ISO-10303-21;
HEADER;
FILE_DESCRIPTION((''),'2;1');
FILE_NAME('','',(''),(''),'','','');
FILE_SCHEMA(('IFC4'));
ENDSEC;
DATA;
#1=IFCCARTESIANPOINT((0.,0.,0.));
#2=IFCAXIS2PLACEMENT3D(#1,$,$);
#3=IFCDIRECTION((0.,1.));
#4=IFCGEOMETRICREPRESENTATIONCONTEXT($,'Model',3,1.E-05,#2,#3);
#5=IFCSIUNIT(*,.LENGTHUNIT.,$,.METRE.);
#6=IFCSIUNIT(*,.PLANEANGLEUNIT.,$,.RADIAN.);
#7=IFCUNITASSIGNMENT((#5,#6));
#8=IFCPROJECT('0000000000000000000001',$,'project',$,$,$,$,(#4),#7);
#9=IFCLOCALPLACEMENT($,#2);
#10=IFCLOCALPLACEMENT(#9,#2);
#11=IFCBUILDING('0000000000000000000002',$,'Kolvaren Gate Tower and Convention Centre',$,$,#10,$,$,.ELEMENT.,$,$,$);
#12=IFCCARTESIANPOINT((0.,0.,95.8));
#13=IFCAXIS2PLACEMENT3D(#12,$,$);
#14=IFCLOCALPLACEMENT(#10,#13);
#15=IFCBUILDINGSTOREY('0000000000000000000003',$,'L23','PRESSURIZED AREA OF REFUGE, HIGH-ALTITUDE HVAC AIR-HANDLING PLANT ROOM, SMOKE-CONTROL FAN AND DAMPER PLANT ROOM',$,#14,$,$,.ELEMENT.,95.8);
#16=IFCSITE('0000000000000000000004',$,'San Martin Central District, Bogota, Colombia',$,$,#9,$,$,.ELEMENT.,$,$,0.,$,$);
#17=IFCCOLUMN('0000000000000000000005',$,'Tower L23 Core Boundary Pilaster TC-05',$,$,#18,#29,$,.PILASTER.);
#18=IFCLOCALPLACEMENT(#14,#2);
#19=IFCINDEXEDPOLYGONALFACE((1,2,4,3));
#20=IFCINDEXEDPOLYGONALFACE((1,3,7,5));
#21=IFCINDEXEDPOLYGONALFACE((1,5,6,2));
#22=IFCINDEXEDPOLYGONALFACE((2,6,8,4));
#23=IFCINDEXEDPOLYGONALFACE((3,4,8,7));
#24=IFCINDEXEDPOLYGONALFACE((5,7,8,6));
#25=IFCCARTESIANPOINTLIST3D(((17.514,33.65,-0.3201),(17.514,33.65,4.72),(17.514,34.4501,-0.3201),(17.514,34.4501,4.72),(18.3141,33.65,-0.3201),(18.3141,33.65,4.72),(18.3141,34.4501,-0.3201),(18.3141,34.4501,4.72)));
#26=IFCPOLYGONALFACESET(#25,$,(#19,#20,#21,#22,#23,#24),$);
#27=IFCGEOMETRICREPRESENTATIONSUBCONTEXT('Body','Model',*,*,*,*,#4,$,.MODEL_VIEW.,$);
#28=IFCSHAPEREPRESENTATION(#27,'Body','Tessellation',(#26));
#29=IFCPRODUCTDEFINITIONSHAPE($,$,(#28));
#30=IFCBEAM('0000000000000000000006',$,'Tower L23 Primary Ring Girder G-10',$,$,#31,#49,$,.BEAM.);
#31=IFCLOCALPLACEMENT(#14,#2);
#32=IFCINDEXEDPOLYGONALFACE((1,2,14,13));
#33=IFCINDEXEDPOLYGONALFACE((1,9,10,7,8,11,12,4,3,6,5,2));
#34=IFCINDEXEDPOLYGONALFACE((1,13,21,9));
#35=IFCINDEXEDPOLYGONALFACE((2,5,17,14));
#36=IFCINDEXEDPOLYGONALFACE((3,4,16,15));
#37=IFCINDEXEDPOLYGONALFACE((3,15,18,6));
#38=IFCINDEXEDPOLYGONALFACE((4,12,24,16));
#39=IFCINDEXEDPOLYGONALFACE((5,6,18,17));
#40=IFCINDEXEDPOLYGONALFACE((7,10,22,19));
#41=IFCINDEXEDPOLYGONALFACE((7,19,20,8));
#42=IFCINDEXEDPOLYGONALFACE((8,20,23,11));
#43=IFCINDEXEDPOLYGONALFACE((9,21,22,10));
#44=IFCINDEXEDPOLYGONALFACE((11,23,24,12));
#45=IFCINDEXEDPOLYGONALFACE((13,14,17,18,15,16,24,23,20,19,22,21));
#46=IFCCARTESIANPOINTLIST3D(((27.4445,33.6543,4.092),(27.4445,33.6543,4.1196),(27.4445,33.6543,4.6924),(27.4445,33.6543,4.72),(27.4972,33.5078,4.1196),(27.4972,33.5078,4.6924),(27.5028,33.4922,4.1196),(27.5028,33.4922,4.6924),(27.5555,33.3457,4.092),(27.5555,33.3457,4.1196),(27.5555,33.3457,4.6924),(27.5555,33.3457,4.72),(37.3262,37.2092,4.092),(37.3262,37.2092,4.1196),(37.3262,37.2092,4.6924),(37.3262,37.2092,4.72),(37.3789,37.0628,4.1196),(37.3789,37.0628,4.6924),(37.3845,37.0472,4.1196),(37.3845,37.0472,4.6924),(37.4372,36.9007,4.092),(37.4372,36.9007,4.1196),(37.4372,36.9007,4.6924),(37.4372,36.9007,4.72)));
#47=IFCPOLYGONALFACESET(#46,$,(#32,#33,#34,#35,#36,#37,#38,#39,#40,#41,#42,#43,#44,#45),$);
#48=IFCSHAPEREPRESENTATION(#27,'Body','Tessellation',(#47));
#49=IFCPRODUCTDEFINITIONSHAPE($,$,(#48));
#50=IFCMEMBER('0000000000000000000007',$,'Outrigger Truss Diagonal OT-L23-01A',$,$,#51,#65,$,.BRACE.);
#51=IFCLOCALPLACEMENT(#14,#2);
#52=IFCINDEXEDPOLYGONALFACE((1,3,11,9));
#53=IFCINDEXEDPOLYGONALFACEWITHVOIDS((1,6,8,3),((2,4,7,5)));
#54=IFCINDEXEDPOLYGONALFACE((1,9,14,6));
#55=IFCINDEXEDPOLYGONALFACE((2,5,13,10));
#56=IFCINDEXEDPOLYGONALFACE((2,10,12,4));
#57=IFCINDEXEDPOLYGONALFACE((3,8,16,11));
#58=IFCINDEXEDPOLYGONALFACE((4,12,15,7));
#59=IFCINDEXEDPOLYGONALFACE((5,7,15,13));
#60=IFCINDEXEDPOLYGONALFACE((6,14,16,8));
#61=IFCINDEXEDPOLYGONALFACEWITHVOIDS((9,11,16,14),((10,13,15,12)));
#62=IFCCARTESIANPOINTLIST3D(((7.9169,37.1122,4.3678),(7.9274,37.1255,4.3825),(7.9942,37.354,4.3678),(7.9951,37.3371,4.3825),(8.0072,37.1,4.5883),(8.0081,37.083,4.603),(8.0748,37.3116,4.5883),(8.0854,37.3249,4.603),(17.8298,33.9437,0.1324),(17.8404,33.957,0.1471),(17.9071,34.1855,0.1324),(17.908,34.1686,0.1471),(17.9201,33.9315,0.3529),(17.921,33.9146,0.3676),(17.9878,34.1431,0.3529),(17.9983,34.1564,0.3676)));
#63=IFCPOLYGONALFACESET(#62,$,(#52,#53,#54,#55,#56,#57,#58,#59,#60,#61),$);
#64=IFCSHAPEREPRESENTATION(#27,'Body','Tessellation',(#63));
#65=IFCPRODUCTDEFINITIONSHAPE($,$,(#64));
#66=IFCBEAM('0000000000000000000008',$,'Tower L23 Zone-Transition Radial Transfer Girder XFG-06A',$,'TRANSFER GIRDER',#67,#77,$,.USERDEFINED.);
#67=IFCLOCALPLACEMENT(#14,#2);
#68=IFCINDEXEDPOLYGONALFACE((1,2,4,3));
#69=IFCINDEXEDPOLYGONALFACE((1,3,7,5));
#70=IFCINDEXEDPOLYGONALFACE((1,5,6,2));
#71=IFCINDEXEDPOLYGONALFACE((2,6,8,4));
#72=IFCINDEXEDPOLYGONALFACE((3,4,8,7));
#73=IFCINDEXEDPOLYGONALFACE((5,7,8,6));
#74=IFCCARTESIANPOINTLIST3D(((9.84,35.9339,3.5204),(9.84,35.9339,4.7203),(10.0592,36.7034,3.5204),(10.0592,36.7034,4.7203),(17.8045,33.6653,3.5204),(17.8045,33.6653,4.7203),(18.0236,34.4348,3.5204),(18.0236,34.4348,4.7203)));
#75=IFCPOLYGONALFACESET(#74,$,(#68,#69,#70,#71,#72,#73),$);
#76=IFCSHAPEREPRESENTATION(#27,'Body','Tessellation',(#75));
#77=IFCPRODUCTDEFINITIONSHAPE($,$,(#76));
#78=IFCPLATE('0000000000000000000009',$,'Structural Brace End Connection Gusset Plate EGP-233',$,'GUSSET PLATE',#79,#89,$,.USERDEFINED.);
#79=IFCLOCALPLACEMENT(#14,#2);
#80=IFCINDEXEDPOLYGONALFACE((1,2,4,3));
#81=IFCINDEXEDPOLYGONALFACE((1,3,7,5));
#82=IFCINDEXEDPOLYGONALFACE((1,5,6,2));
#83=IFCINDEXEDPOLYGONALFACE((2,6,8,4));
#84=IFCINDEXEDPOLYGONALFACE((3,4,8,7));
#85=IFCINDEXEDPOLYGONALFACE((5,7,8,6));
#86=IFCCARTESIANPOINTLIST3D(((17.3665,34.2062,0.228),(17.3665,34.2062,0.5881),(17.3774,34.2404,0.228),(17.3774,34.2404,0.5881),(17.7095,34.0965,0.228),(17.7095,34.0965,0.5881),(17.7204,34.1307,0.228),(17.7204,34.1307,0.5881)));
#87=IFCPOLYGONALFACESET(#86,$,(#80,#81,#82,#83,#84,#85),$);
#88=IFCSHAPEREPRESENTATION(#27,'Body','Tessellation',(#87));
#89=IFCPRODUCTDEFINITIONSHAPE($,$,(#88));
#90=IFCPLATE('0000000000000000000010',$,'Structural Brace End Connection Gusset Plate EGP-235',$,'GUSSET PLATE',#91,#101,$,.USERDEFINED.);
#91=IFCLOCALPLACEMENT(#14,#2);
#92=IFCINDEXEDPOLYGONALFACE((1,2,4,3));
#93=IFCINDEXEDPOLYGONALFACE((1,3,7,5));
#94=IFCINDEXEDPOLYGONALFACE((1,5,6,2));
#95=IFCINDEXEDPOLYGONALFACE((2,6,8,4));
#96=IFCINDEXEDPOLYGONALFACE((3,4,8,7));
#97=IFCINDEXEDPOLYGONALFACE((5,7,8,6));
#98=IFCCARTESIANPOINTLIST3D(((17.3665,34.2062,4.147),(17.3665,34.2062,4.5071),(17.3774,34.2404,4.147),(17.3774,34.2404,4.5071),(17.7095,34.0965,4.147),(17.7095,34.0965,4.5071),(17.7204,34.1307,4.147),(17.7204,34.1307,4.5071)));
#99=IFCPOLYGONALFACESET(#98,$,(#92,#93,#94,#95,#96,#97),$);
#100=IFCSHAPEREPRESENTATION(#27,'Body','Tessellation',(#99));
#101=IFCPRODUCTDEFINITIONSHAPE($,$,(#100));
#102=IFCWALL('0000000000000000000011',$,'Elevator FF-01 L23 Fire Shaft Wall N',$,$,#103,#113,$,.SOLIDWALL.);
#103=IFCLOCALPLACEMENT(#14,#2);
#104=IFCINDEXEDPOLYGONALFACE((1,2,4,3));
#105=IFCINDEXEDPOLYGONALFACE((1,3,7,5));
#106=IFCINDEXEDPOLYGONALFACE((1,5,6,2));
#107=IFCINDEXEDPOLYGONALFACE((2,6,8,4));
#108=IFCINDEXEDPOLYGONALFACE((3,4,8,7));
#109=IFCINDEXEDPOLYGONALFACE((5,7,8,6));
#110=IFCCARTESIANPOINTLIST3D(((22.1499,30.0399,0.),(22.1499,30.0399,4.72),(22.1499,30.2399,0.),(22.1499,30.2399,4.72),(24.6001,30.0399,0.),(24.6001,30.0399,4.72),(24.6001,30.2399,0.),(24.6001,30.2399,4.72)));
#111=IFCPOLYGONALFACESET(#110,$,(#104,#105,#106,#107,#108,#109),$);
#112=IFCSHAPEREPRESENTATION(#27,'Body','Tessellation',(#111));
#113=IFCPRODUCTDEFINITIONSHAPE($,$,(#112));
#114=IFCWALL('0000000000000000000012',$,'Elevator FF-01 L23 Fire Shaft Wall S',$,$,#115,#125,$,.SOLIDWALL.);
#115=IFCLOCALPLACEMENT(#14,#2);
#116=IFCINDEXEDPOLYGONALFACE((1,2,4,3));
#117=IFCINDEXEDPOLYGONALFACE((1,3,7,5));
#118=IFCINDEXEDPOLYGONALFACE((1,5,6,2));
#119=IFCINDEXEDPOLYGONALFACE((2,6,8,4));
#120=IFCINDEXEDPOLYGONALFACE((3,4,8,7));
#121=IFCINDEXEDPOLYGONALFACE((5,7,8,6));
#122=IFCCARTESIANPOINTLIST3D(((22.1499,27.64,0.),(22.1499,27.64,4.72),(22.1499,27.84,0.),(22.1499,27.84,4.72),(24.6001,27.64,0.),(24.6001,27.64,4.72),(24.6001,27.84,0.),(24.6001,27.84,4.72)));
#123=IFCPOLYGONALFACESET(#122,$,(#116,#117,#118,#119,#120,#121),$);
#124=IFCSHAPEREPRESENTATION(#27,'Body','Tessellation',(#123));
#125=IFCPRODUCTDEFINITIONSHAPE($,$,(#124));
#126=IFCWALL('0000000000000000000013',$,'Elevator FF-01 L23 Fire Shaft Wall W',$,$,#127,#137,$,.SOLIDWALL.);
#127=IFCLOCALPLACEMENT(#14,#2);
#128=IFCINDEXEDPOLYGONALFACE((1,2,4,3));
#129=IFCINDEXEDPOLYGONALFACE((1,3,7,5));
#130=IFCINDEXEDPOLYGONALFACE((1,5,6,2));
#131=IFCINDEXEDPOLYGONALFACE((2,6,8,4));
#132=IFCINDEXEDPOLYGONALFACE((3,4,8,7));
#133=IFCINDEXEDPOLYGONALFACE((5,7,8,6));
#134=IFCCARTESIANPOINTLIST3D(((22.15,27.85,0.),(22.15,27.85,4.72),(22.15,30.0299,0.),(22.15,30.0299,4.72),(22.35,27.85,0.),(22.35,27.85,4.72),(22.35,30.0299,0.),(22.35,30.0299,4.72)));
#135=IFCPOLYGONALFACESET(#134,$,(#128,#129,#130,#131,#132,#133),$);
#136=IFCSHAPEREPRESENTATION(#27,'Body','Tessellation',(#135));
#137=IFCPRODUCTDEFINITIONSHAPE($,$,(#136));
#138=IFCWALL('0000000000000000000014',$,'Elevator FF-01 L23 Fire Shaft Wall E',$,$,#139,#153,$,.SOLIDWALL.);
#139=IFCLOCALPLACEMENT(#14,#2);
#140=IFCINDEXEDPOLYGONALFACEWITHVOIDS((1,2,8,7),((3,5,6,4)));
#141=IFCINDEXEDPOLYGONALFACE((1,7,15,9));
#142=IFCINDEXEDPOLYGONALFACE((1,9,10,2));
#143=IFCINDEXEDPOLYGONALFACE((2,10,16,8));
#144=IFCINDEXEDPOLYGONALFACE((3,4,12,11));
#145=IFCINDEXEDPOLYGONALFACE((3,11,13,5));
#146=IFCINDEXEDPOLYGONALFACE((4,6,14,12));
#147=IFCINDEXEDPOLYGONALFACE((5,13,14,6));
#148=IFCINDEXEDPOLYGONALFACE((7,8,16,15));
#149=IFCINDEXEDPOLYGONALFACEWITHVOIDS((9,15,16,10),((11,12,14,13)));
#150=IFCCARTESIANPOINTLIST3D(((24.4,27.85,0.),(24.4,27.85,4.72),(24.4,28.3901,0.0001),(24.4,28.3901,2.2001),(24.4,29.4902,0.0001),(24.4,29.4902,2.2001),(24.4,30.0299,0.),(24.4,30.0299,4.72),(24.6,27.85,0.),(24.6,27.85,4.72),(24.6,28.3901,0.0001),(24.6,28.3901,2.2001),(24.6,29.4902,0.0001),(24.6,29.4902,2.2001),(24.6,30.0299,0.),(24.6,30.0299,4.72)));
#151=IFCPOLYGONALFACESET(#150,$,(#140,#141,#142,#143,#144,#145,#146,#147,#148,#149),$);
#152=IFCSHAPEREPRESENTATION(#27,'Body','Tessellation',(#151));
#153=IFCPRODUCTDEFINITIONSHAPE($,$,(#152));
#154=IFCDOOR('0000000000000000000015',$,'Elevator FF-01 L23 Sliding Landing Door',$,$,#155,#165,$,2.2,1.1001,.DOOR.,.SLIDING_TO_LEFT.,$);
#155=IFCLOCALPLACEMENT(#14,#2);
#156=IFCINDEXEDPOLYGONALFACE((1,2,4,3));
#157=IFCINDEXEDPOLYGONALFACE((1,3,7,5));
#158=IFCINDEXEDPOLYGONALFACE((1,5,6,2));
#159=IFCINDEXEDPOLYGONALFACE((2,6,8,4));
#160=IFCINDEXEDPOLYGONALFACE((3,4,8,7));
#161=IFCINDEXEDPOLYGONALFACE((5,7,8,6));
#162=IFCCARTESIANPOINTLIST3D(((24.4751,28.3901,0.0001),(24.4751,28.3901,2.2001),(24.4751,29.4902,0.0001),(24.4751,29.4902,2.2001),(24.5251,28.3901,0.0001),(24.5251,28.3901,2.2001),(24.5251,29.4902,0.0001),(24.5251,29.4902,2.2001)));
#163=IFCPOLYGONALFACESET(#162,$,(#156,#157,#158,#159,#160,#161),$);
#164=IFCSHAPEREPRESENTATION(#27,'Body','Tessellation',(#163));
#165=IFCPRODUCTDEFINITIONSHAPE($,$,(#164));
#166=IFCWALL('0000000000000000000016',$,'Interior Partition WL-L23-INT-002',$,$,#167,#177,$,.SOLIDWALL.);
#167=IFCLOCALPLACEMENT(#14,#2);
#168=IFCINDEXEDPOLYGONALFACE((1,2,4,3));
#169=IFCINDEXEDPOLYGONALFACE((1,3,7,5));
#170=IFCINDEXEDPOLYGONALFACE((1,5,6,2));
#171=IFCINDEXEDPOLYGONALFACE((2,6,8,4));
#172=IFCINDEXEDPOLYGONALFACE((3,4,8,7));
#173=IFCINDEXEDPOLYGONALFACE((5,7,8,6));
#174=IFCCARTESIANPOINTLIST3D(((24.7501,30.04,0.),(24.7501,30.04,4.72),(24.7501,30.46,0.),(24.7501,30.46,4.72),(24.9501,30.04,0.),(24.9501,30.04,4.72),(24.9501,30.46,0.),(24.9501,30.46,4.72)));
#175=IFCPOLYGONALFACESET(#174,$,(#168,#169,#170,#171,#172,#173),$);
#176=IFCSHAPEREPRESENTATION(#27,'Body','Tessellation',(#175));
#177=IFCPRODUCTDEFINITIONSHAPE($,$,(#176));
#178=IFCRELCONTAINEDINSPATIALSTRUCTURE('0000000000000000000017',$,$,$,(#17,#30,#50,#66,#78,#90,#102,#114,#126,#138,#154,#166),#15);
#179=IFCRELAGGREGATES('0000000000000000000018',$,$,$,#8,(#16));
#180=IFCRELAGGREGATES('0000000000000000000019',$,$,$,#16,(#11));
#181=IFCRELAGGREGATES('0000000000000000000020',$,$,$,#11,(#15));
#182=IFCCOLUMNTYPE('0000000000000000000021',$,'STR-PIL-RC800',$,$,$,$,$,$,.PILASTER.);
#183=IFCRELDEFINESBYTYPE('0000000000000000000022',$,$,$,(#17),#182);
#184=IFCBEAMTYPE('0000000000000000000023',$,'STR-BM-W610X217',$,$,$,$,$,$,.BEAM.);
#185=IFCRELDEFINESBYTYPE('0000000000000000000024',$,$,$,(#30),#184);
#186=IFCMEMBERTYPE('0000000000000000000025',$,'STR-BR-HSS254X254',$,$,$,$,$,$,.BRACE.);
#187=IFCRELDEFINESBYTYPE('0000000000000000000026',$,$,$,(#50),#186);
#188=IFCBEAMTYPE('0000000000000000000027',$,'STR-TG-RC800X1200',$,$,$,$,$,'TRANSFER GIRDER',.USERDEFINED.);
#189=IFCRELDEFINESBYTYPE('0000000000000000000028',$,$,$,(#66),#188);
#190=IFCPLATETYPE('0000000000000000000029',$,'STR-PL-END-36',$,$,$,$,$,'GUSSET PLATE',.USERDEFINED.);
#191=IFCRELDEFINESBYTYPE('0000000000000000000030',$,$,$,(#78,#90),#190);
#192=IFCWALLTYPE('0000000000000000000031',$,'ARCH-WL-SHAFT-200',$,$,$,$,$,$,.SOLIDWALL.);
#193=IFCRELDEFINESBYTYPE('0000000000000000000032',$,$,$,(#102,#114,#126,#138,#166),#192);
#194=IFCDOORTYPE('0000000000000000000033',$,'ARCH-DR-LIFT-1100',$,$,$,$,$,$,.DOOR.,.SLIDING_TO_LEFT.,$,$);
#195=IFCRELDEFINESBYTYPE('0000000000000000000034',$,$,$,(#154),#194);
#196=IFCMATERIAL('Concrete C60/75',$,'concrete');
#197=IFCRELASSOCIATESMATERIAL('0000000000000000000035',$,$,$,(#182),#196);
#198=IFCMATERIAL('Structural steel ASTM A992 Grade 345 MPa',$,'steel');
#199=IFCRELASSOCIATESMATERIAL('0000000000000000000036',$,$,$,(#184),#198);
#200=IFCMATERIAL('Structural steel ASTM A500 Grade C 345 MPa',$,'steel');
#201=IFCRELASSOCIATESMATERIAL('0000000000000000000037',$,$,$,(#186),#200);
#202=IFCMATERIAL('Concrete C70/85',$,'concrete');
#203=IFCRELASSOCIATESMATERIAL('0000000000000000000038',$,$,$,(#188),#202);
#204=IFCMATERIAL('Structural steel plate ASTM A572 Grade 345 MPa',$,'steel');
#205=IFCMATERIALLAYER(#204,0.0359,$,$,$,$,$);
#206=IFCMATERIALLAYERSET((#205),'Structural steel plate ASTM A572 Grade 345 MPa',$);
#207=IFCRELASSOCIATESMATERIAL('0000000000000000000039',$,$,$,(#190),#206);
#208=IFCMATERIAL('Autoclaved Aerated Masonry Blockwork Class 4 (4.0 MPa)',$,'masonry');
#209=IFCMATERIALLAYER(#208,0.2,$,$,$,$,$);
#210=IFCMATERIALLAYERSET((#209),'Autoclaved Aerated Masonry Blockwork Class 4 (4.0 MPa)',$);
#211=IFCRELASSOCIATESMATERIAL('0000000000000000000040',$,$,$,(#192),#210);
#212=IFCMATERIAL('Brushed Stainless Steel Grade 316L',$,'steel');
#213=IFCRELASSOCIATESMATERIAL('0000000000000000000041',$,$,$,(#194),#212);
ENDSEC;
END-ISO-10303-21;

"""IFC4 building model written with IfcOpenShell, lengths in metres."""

from ifc_helpers import new_model, si_unit, direction, frame, frame_2d, origin, origin_2d, place, context, subcontext, project, spatial, rectangle, hollow_rectangle, i_section, extrude, material, layer, layer_set, material_profile, profile_set, type_object, element, fill, save


model = new_model("IFC4")

# Units and contexts
model_context = context("Model", 3, precision=1e-05, world=origin(), true_north=direction((0.0, 1.0)))
body_context = subcontext(model_context, "Body", "Model", "MODEL_VIEW")
ifc_project = project(units=[si_unit("LENGTHUNIT", "METRE"), si_unit("PLANEANGLEUNIT", "RADIAN")], contexts=[model_context])

# Site, building, storey
site_placement = place(None, origin())
site = spatial("IfcSite", under=ifc_project, at=site_placement, Name="San Martin Central District, Bogota, Colombia", CompositionType="ELEMENT", RefElevation=0.0)
building_placement = place(site_placement, origin())
building = spatial("IfcBuilding", under=site, at=building_placement, Name="Kolvaren Gate Tower and Convention Centre", CompositionType="ELEMENT")
storey_placement = place(building_placement, frame((0.0, 0.0, 95.8)))
storey = spatial("IfcBuildingStorey", under=building, at=storey_placement, Name="L23", Description="PRESSURIZED AREA OF REFUGE, HIGH-ALTITUDE HVAC AIR-HANDLING PLANT ROOM, SMOKE-CONTROL FAN AND DAMPER PLANT ROOM", CompositionType="ELEMENT", Elevation=95.8)

# Column
ifc_material_1 = material(Name="Concrete C60/75", Category="concrete")
ifc_material_profile_1 = material_profile(ifc_material_1, rectangle(XDim=0.8, YDim=0.8, at=origin_2d()), Name="RC-COL-800X800")
ifc_profile_set_1 = profile_set([ifc_material_profile_1], Name="Concrete C60/75")
column_type = type_object("IfcColumnType", Name="STR-PIL-RC800", PredefinedType="PILASTER", material=ifc_profile_set_1)
column_placement = place(storey_placement, frame((17.9141, 34.05, -0.3201), z_axis=(0.0, 0.0, 1.0), x_axis=(1.0, 0.0, 0.0)))
element("IfcColumn", 1, at=column_placement, inside=storey, type_object=column_type, Name="Tower L23 Core Boundary Pilaster TC-05", PredefinedType="PILASTER", context=body_context, shape_type="SweptSolid", body=[
    extrude(rectangle(XDim=0.8, YDim=0.8, at=origin_2d()), origin(), (0.0, 0.0, 1.0), 5.04),
])

# Beam
ifc_material_2 = material(Name="Structural steel ASTM A992 Grade 345 MPa", Category="steel")
ifc_material_profile_2 = material_profile(ifc_material_2, i_section(OverallWidth=0.3279, OverallDepth=0.6279, WebThickness=0.0166, FlangeThickness=0.0276, at=origin_2d()), Name="W610X217")
ifc_profile_set_2 = profile_set([ifc_material_profile_2], Name="Structural steel ASTM A992 Grade 345 MPa")
beam_type_1 = type_object("IfcBeamType", Name="STR-BM-W610X217", PredefinedType="BEAM", material=ifc_profile_set_2)
beam_1_placement = place(storey_placement, frame((27.5, 33.5, 4.406), z_axis=(0.940961, 0.338514, 0.0), x_axis=(-0.338514, 0.940961, 0.0)))
element("IfcBeam", 2, at=beam_1_placement, inside=storey, type_object=beam_type_1, Name="Tower L23 Primary Ring Girder G-10", PredefinedType="BEAM", context=body_context, shape_type="SweptSolid", body=[
    extrude(i_section(OverallWidth=0.3279, OverallDepth=0.6279, WebThickness=0.0166, FlangeThickness=0.0276, at=origin_2d()), origin(), (0.0, 0.0, 1.0), 10.5017),
])

# Member
ifc_material_3 = material(Name="Structural steel ASTM A500 Grade C 345 MPa", Category="steel")
ifc_material_profile_3 = material_profile(ifc_material_3, hollow_rectangle(XDim=0.2539, YDim=0.2539, WallThickness=0.0159, at=origin_2d()), Name="HSS254X254X15.9")
ifc_profile_set_3 = profile_set([ifc_material_profile_3], Name="Structural steel ASTM A500 Grade C 345 MPa")
member_type = type_object("IfcMemberType", Name="STR-BR-HSS254X254", PredefinedType="BRACE", material=ifc_profile_set_3)
member_placement = place(storey_placement, frame((17.9141, 34.05, 0.25), z_axis=(-0.88226, 0.281998, 0.376954), x_axis=(-0.304457, -0.952526, 0.0)))
element("IfcMember", 3, at=member_placement, inside=storey, type_object=member_type, Name="Outrigger Truss Diagonal OT-L23-01A", PredefinedType="BRACE", context=body_context, shape_type="SweptSolid", body=[
    extrude(hollow_rectangle(XDim=0.2539, YDim=0.2539, WallThickness=0.0159, at=origin_2d()), origin(), (0.0, 0.0, 1.0), 11.2358),
])

# Beam
ifc_material_4 = material(Name="Concrete C70/85", Category="concrete")
ifc_material_profile_4 = material_profile(ifc_material_4, rectangle(XDim=0.8, YDim=1.2, at=origin_2d()), Name="RC-BM-800X1200")
ifc_profile_set_4 = profile_set([ifc_material_profile_4], Name="Concrete C70/85")
beam_type_2 = type_object("IfcBeamType", Name="STR-TG-RC800X1200", ElementType="TRANSFER GIRDER", PredefinedType="USERDEFINED", material=ifc_profile_set_4)
beam_2_placement = place(storey_placement, frame((17.9141, 34.05, 4.1204), z_axis=(-0.961746, 0.273942, 0.0), x_axis=(-0.273942, -0.961746, 0.0)))
element("IfcBeam", 4, at=beam_2_placement, inside=storey, type_object=beam_type_2, Name="Tower L23 Zone-Transition Radial Transfer Girder XFG-06A", ObjectType="TRANSFER GIRDER", PredefinedType="USERDEFINED", context=body_context, shape_type="SweptSolid", body=[
    extrude(rectangle(XDim=0.8, YDim=1.2, at=origin_2d()), origin(), (0.0, 0.0, 1.0), 8.2812),
])

# Plates
ifc_material_5 = material(Name="Structural steel plate ASTM A572 Grade 345 MPa", Category="steel")
ifc_layer_1 = layer(ifc_material_5, 0.0359)
ifc_layer_set_1 = layer_set([ifc_layer_1], Name="Structural steel plate ASTM A572 Grade 345 MPa")
plate_type = type_object("IfcPlateType", Name="STR-PL-END-36", ElementType="GUSSET PLATE", PredefinedType="USERDEFINED", material=ifc_layer_set_1)
for number, where, z_axis, x_axis, name in (
    (5, (17.5435, 34.1685, 0.228), (0.0, 0.0, 1.0), (-0.952522, 0.30447, 0.0), "Structural Brace End Connection Gusset Plate EGP-233"),
    (6, (17.5435, 34.1685, 4.147), (0.0, 0.0, 1.0), (0.952522, -0.30447, 0.0), "Structural Brace End Connection Gusset Plate EGP-235"),
):
    element("IfcPlate", number, at=place(storey_placement, frame(where, z_axis=z_axis, x_axis=x_axis)), inside=storey, type_object=plate_type, Name=name, ObjectType="GUSSET PLATE", PredefinedType="USERDEFINED", context=body_context, shape_type="SweptSolid", body=[
        extrude(rectangle(XDim=0.3601, YDim=0.0359, at=origin_2d()), origin(), (0.0, 0.0, 1.0), 0.3601),
    ])

# Walls
ifc_material_6 = material(Name="Autoclaved Aerated Masonry Blockwork Class 4 (4.0 MPa)", Category="masonry")
ifc_layer_2 = layer(ifc_material_6, 0.2)
ifc_layer_set_2 = layer_set([ifc_layer_2], Name="Autoclaved Aerated Masonry Blockwork Class 4 (4.0 MPa)")
wall_type_1 = type_object("IfcWallType", Name="ARCH-WL-SHAFT-200", PredefinedType="SOLIDWALL", material=ifc_layer_set_2)
for number, where, z_axis, x_axis, name in (
    (7, (22.1499, 30.1399, 0.0), (0.0, 0.0, 1.0), (1.0, 0.0, 0.0), "Elevator FF-01 L23 Fire Shaft Wall N"),
    (8, (22.1499, 27.74, 0.0), (0.0, 0.0, 1.0), (1.0, 0.0, 0.0), "Elevator FF-01 L23 Fire Shaft Wall S"),
):
    element("IfcWall", number, at=place(storey_placement, frame(where, z_axis=z_axis, x_axis=x_axis)), inside=storey, type_object=wall_type_1, Name=name, PredefinedType="SOLIDWALL", context=body_context, shape_type="SweptSolid", body=[
        extrude(rectangle(XDim=2.4502, YDim=0.2, at=frame_2d((1.2251, 0.0))), origin(), (0.0, 0.0, 1.0), 4.72),
    ])
wall_1_placement = place(storey_placement, frame((22.25, 27.8501, 0.0), z_axis=(0.0, 0.0, 1.0), x_axis=(0.0, 1.0, 0.0)))
element("IfcWall", 9, at=wall_1_placement, inside=storey, type_object=wall_type_1, Name="Elevator FF-01 L23 Fire Shaft Wall W", PredefinedType="SOLIDWALL", context=body_context, shape_type="SweptSolid", body=[
    extrude(rectangle(XDim=2.1799, YDim=0.2, at=frame_2d((1.0898, 0.0))), origin(), (0.0, 0.0, 1.0), 4.72),
])

# Wall, opening, door
wall_2_placement = place(storey_placement, frame((24.5, 27.8501, 0.0), z_axis=(0.0, 0.0, 1.0), x_axis=(0.0, 1.0, 0.0)))
wall_2 = element("IfcWall", 10, at=wall_2_placement, inside=storey, type_object=wall_type_1, Name="Elevator FF-01 L23 Fire Shaft Wall E", PredefinedType="SOLIDWALL", context=body_context, shape_type="SweptSolid", body=[
    extrude(rectangle(XDim=2.1799, YDim=0.2, at=frame_2d((1.0898, 0.0))), origin(), (0.0, 0.0, 1.0), 4.72),
])
opening_1_placement = place(wall_2_placement, frame((0.54, 0.0, 0.0)))
opening_1 = element("IfcOpeningElement", 11, at=opening_1_placement, cuts=wall_2, PredefinedType="OPENING", context=body_context, shape_type="SweptSolid", body=[
    extrude(rectangle(XDim=1.1001, YDim=2.2, at=frame_2d((0.55, 1.1001))), frame((0.0, 0.1099, 0.0), z_axis=(0.0, -1.0, 0.0), x_axis=(1.0, 0.0, 0.0)), (0.0, 0.0, 1.0), 0.22),
])
ifc_material_7 = material(Name="Brushed Stainless Steel Grade 316L", Category="steel")
door_type_1 = type_object("IfcDoorType", Name="ARCH-DR-LIFT-1100", OperationType="SLIDING_TO_LEFT", PredefinedType="DOOR", material=ifc_material_7)
door_1_placement = place(opening_1_placement, origin())
door_1 = element("IfcDoor", 12, at=door_1_placement, inside=storey, type_object=door_type_1, Name="Elevator FF-01 L23 Sliding Landing Door", OperationType="SLIDING_TO_LEFT", OverallHeight=2.2, OverallWidth=1.1001, PredefinedType="DOOR", context=body_context, shape_type="SweptSolid", body=[
    extrude(rectangle(XDim=1.1001, YDim=2.2, at=frame_2d((0.55, 1.1001))), frame((0.0, 0.0249, 0.0), z_axis=(0.0, -1.0, 0.0), x_axis=(1.0, 0.0, 0.0)), (0.0, 0.0, 1.0), 0.05),
])
fill(opening_1, door_1)

# Wall
wall_3_placement = place(storey_placement, frame((24.8501, 30.04, 0.0), z_axis=(0.0, 0.0, 1.0), x_axis=(0.0, 1.0, 0.0)))
element("IfcWall", 13, at=wall_3_placement, inside=storey, type_object=wall_type_1, Name="Interior Partition WL-L23-INT-002", PredefinedType="SOLIDWALL", context=body_context, shape_type="SweptSolid", body=[
    extrude(rectangle(XDim=0.4199, YDim=0.2, at=frame_2d((0.21, 0.0))), origin(), (0.0, 0.0, 1.0), 4.72),
])

save(model, "model.ifc")
